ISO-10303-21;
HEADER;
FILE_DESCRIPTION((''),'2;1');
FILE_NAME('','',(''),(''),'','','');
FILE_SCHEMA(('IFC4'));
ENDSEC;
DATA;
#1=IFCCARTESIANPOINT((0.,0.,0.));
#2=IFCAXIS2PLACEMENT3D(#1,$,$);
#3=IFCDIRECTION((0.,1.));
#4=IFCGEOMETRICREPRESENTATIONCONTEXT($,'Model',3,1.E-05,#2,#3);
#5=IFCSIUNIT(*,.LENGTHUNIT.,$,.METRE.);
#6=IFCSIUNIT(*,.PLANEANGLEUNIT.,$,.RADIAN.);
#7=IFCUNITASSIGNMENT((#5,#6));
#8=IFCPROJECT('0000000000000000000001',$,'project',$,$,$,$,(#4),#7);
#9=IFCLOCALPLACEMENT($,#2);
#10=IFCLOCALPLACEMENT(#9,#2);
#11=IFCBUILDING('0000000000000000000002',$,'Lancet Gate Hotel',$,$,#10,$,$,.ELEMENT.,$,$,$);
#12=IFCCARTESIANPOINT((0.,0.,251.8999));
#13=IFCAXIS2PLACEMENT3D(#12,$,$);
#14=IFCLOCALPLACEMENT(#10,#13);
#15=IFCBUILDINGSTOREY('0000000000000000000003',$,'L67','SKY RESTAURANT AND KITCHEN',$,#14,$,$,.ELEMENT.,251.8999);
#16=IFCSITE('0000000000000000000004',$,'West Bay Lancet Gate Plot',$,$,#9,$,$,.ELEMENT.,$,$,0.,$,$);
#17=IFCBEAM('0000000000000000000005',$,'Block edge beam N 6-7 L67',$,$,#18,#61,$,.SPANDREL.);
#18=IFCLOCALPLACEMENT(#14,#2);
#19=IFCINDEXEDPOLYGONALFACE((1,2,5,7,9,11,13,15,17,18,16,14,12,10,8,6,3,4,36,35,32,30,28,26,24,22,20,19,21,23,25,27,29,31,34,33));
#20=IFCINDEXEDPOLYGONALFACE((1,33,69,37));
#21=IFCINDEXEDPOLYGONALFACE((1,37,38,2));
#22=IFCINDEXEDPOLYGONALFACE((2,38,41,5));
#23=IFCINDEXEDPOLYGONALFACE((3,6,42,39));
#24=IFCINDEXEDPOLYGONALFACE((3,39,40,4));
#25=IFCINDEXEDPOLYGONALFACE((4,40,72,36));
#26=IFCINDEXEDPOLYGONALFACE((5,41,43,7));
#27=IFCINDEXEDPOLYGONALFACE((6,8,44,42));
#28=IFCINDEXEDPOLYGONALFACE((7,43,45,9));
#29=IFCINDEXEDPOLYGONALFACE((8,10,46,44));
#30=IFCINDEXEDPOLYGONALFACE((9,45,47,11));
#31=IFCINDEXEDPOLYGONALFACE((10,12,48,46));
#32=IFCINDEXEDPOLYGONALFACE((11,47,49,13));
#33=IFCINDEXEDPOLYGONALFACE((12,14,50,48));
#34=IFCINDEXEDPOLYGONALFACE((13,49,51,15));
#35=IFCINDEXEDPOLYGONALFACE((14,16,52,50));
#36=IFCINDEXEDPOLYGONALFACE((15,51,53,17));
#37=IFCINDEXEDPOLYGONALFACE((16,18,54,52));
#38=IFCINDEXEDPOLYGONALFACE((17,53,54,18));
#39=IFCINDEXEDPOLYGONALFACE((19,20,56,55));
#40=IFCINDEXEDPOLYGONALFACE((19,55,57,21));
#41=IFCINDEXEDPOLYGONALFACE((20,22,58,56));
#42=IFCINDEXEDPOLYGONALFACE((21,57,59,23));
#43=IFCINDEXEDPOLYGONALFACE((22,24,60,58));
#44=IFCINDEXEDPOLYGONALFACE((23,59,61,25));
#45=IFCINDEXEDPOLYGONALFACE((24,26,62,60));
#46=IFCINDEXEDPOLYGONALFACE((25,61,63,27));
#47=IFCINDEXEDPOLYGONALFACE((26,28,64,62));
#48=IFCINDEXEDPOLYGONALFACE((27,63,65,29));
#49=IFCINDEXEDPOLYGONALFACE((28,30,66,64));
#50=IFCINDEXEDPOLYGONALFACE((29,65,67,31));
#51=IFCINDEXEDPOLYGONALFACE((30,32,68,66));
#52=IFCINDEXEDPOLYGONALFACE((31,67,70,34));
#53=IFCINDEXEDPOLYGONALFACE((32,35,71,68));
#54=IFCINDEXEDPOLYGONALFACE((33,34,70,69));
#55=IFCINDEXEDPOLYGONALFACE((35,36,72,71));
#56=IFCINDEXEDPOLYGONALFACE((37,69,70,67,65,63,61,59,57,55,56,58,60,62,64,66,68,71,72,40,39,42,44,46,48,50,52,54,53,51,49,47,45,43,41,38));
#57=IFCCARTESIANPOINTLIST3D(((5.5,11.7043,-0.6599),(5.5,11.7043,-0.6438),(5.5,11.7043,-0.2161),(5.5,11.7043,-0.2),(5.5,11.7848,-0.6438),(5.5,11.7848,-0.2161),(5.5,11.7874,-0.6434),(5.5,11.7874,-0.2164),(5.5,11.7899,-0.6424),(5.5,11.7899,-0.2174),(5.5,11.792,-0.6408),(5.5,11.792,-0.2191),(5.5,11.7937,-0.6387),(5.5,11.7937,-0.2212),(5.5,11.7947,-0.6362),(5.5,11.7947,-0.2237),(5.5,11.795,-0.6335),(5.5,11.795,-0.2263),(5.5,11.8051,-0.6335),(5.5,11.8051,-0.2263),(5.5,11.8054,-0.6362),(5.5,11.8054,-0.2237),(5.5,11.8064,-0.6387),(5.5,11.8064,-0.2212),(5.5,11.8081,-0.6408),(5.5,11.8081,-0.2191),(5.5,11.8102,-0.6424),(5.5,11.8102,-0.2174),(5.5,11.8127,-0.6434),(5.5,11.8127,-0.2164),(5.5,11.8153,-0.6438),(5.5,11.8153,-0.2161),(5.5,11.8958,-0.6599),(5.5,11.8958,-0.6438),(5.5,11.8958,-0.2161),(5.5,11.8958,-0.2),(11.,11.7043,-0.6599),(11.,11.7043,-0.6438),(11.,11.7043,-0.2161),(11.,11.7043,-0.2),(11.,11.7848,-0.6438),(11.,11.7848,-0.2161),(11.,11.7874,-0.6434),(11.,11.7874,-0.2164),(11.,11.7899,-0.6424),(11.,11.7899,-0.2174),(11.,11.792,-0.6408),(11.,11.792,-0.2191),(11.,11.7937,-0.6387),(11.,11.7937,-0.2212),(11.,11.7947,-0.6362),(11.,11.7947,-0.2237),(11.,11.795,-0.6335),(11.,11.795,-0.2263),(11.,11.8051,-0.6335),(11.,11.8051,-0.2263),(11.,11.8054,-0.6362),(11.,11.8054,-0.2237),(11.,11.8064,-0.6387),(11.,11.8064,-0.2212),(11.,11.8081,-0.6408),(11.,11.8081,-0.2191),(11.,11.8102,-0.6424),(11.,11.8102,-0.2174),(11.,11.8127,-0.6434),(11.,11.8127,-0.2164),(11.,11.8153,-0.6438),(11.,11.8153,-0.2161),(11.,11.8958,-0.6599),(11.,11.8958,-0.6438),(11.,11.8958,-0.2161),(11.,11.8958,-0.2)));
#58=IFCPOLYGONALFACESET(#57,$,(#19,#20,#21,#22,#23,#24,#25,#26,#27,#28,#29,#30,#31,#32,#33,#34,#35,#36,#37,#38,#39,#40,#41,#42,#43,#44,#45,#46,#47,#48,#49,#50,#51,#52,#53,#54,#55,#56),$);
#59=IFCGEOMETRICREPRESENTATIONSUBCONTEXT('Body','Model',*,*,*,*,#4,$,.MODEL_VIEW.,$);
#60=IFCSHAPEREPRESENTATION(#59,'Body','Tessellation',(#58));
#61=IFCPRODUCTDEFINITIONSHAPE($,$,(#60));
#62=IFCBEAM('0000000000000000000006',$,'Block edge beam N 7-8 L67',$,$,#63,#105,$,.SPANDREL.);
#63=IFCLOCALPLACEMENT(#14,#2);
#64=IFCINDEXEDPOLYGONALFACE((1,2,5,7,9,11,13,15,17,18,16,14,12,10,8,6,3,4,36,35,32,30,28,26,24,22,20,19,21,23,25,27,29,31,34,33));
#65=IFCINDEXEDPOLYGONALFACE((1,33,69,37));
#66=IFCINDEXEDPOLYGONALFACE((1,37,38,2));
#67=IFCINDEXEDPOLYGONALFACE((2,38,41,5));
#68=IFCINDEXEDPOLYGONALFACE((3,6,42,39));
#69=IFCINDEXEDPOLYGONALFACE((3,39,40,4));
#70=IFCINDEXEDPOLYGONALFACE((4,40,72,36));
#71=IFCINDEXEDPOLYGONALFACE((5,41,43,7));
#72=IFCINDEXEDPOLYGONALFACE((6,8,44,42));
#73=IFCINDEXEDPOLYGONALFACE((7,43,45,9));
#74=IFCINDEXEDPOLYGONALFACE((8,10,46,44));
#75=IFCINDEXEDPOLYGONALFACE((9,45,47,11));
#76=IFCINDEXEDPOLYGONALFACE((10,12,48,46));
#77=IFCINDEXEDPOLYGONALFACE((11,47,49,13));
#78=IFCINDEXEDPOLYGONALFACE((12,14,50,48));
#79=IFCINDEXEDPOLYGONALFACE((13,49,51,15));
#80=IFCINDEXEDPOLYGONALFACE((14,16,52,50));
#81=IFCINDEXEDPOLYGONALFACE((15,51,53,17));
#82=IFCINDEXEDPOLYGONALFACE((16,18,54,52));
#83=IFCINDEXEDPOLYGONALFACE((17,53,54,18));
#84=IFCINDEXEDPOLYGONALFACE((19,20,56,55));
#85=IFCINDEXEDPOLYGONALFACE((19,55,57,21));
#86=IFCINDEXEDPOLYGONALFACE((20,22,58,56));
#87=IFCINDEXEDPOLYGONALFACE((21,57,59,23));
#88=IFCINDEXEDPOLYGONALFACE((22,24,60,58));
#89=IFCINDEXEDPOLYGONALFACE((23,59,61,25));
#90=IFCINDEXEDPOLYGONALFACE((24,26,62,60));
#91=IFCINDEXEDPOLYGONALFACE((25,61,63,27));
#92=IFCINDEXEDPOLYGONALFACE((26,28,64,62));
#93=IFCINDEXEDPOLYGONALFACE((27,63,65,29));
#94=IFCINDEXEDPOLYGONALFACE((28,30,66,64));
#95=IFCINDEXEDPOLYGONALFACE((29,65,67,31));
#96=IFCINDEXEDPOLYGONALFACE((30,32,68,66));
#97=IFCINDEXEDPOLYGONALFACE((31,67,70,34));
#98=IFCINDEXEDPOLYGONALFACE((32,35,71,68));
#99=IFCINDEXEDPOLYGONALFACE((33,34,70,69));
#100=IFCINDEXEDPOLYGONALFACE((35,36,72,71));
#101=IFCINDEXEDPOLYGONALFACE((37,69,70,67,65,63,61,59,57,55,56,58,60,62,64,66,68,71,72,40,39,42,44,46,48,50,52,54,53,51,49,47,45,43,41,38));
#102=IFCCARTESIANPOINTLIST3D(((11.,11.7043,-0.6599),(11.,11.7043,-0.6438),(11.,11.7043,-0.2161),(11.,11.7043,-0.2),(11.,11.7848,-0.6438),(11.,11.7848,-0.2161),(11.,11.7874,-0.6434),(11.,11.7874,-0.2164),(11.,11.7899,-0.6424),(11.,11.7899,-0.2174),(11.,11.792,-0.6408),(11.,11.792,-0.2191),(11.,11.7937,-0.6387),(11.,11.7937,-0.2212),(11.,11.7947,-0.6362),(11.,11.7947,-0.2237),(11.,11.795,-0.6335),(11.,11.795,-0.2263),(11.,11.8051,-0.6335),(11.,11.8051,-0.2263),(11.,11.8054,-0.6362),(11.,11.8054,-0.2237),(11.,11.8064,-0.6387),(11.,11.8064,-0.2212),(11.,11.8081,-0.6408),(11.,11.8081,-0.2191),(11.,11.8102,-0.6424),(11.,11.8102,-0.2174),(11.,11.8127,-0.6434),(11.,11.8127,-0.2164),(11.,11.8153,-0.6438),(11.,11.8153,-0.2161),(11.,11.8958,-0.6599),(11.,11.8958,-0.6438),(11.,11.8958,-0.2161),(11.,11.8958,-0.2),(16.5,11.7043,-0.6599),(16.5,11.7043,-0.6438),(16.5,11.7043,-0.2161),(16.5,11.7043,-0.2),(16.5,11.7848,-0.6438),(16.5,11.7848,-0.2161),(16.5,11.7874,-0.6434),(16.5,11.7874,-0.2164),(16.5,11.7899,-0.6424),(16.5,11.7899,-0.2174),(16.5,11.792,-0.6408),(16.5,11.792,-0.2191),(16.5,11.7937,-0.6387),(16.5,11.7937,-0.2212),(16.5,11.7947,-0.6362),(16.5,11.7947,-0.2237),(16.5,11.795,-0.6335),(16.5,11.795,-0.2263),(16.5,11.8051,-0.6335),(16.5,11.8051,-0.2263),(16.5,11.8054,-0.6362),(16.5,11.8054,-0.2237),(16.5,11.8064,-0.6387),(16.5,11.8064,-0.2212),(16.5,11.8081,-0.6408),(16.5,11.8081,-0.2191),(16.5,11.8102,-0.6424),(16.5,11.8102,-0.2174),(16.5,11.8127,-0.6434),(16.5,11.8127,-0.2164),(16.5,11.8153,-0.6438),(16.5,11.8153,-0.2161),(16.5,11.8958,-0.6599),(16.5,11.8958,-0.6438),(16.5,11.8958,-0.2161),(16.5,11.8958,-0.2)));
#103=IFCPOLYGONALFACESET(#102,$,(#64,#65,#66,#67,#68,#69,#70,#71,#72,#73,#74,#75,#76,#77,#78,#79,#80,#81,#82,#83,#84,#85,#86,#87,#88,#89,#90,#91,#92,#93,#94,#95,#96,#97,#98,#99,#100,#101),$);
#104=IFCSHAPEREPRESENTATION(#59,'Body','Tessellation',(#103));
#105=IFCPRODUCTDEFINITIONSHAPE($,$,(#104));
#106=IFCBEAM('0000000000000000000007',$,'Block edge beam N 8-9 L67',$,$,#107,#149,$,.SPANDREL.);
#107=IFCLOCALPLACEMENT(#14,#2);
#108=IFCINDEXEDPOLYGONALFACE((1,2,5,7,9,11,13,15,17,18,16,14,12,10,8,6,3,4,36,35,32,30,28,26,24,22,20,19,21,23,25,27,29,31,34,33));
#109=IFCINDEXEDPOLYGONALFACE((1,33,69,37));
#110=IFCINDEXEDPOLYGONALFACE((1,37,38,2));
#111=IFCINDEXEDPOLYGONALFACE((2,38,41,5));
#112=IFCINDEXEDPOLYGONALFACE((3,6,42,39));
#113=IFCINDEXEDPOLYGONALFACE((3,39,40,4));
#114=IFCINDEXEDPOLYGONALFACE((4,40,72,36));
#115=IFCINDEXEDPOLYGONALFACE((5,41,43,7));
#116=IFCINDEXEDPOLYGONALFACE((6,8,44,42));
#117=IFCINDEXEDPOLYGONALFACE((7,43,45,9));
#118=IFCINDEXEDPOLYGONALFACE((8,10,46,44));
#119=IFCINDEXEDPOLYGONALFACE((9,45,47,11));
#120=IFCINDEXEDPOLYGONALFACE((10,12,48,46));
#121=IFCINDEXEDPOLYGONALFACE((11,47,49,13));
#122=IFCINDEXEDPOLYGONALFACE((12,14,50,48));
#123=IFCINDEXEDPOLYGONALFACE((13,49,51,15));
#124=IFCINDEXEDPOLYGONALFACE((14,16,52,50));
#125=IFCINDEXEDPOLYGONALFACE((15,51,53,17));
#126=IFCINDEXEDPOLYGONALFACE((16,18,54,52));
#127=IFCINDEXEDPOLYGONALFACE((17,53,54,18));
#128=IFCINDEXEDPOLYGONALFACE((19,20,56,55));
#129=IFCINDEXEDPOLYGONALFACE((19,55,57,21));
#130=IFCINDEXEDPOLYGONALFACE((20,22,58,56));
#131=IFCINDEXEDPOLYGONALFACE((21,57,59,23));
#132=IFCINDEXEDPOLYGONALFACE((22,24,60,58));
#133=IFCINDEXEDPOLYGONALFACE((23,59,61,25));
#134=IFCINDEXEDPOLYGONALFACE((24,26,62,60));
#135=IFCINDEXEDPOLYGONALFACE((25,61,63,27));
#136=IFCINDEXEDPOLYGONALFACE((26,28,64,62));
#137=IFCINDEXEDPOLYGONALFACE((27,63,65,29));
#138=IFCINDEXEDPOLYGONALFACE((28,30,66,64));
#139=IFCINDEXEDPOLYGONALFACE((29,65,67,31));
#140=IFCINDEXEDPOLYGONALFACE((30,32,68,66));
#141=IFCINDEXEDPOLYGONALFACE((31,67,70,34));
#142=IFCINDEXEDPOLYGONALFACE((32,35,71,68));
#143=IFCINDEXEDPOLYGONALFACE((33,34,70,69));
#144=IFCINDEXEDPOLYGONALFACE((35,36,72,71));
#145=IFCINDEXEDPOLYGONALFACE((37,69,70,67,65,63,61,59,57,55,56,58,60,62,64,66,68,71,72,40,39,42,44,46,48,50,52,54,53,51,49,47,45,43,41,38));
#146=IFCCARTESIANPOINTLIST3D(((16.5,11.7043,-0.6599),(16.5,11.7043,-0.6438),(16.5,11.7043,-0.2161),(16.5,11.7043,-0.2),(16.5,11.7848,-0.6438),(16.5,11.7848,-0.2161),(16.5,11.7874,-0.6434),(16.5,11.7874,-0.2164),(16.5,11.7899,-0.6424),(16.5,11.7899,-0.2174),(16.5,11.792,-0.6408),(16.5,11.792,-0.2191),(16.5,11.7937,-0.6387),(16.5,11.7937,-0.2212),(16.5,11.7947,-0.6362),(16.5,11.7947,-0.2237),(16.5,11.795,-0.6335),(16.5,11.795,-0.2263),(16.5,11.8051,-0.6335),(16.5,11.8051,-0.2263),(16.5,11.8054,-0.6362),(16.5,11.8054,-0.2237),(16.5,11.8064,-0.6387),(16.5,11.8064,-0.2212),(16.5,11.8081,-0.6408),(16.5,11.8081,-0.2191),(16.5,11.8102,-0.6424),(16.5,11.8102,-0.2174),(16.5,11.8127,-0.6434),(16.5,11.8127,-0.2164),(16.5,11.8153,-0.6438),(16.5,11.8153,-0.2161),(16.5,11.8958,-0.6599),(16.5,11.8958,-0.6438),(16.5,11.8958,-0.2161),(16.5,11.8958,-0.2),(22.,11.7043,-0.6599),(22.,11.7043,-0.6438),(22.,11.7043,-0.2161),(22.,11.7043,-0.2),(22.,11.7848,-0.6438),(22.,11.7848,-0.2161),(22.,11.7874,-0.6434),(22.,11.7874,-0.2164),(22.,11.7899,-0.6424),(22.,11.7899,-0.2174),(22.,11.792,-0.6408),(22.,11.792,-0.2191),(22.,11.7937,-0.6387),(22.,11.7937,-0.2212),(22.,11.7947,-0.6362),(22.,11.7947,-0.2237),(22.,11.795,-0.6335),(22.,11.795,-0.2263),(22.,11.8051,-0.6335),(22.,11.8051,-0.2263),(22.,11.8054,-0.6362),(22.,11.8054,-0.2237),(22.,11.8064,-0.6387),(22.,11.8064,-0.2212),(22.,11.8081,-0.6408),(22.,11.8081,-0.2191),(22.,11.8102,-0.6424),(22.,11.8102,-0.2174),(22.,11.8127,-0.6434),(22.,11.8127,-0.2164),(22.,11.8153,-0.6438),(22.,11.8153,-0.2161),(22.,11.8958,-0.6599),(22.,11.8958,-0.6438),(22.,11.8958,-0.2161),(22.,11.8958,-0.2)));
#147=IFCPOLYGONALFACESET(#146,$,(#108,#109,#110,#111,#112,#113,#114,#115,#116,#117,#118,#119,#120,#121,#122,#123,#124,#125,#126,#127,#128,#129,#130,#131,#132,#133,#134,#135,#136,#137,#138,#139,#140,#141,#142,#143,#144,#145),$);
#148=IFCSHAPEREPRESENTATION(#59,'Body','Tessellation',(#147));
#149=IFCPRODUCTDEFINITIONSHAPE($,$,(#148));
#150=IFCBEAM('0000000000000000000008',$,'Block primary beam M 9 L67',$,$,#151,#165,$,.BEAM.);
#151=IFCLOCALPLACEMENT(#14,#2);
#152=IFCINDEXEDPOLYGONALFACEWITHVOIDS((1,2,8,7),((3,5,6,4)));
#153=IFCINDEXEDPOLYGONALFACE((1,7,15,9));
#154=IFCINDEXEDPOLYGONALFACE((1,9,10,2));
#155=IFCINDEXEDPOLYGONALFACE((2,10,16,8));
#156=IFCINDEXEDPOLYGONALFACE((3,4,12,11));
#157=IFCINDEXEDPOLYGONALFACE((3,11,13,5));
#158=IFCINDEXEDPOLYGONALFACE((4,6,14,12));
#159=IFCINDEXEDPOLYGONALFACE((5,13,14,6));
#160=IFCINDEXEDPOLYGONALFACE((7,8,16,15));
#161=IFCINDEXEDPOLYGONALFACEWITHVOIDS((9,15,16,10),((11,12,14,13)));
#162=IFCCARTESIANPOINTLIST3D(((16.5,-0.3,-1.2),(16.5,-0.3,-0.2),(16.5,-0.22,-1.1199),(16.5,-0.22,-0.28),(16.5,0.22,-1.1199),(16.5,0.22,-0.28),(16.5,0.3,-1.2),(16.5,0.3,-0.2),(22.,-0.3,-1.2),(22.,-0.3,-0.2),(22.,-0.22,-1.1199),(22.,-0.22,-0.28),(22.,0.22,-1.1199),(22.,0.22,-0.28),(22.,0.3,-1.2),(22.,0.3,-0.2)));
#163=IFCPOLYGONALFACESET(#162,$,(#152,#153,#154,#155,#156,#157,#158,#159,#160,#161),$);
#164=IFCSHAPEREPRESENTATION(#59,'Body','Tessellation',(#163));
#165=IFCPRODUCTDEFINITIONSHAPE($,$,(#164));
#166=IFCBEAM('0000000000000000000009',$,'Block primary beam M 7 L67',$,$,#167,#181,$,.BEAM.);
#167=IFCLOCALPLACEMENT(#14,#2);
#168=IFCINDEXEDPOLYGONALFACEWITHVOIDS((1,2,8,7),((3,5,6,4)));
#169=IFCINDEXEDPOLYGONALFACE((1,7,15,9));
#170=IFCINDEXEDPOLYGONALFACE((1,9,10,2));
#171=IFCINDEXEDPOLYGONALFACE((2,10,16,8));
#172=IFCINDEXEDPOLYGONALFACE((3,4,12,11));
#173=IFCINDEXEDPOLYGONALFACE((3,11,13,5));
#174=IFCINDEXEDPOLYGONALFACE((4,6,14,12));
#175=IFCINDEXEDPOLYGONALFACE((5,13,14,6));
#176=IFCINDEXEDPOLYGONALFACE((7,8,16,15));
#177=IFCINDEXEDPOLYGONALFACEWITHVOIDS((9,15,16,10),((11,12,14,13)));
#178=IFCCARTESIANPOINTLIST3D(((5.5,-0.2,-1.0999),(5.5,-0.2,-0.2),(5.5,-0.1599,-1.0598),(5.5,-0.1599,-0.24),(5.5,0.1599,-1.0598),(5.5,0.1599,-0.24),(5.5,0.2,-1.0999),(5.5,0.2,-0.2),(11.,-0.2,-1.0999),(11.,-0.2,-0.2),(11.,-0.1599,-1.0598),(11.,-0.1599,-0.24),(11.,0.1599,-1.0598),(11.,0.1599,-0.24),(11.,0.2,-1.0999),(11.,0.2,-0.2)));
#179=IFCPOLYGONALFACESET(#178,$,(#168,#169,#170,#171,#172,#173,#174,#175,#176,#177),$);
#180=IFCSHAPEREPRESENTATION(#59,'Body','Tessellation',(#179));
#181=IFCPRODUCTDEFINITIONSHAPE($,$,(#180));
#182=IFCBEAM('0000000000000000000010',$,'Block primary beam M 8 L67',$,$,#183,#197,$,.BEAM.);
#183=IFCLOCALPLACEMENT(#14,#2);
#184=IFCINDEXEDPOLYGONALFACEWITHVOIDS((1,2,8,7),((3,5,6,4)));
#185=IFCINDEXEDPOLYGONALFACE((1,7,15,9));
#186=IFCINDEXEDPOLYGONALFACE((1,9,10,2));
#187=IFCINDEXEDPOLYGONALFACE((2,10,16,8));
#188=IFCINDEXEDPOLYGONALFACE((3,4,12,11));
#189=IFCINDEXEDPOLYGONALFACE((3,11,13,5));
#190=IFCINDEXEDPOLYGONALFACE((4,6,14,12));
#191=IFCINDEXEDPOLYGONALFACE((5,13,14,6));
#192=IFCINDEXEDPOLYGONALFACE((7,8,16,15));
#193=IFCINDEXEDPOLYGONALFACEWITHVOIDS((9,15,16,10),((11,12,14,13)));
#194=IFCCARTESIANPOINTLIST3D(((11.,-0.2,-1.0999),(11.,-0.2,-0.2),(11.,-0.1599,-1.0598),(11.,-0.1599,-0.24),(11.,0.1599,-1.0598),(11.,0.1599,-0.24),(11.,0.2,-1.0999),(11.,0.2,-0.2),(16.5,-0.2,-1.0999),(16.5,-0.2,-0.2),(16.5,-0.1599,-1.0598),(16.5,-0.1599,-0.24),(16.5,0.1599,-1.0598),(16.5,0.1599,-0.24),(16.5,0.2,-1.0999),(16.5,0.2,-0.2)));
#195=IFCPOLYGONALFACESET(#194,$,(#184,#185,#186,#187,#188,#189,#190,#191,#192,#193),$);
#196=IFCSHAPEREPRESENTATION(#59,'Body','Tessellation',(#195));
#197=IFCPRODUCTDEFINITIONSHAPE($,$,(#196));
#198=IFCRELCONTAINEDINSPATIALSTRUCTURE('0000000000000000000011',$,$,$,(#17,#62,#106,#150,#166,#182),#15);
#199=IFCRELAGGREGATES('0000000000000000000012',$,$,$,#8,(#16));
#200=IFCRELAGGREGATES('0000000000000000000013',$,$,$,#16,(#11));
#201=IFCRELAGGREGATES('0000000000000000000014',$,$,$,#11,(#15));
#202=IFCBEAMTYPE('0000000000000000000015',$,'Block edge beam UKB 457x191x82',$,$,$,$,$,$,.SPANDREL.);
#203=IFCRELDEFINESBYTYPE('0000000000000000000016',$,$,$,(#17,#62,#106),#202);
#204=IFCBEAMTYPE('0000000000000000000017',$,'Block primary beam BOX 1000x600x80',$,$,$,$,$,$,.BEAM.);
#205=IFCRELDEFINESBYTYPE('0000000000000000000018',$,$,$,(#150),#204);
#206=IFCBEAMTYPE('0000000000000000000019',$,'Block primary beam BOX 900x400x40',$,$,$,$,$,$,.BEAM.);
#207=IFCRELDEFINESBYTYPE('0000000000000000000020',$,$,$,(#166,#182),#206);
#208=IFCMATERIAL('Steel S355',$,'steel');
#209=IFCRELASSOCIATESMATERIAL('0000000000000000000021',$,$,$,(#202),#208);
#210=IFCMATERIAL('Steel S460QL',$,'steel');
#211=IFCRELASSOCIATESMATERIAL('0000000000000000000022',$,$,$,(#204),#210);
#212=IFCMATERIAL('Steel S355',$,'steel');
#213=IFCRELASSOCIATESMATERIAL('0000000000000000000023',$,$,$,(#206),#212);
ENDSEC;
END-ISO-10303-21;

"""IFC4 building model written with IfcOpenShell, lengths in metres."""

from ifc_helpers import new_model, si_unit, direction, frame, origin, origin_2d, place, context, subcontext, project, spatial, hollow_rectangle, i_section, extrude, material, material_profile, profile_set, type_object, element, save


model = new_model("IFC4")

# Units and contexts
model_context = context("Model", 3, precision=1e-05, world=origin(), true_north=direction((0.0, 1.0)))
body_context = subcontext(model_context, "Body", "Model", "MODEL_VIEW")
ifc_project = project(units=[si_unit("LENGTHUNIT", "METRE"), si_unit("PLANEANGLEUNIT", "RADIAN")], contexts=[model_context])

# Site, building, storey
site_placement = place(None, origin())
site = spatial("IfcSite", under=ifc_project, at=site_placement, Name="West Bay Lancet Gate Plot", CompositionType="ELEMENT", RefElevation=0.0)
building_placement = place(site_placement, origin())
building = spatial("IfcBuilding", under=site, at=building_placement, Name="Lancet Gate Hotel", CompositionType="ELEMENT")
storey_placement = place(building_placement, frame((0.0, 0.0, 251.8999)))
storey = spatial("IfcBuildingStorey", under=building, at=storey_placement, Name="L67", Description="SKY RESTAURANT AND KITCHEN", CompositionType="ELEMENT", Elevation=251.8999)

# Beams
ifc_material_1 = material(Name="Steel S355", Category="steel")
ifc_material_profile_1 = material_profile(ifc_material_1, i_section(OverallWidth=0.1914, OverallDepth=0.46, WebThickness=0.01, FlangeThickness=0.0161, FilletRadius=0.0103, at=origin_2d()), Name="UKB 457x191x82")
ifc_profile_set_1 = profile_set([ifc_material_profile_1], Name="Steel S355")
beam_type_1 = type_object("IfcBeamType", Name="Block edge beam UKB 457x191x82", PredefinedType="SPANDREL", material=ifc_profile_set_1)
for number, where, z_axis, x_axis, name in (
    (1, (5.5, 11.8, -0.4299), (1.0, 0.0, 0.0), (0.0, 1.0, 0.0), "Block edge beam N 6-7 L67"),
    (2, (11.0, 11.8, -0.4299), (1.0, 0.0, 0.0), (0.0, 1.0, 0.0), "Block edge beam N 7-8 L67"),
    (3, (16.5, 11.8, -0.4299), (1.0, 0.0, 0.0), (0.0, 1.0, 0.0), "Block edge beam N 8-9 L67"),
):
    element("IfcBeam", number, at=place(storey_placement, frame(where, z_axis=z_axis, x_axis=x_axis)), inside=storey, type_object=beam_type_1, Name=name, PredefinedType="SPANDREL", context=body_context, shape_type="SweptSolid", body=[
        extrude(i_section(OverallWidth=0.1914, OverallDepth=0.46, WebThickness=0.01, FlangeThickness=0.0161, FilletRadius=0.0103, at=origin_2d()), origin(), (0.0, 0.0, 1.0), 5.5),
    ])
ifc_material_2 = material(Name="Steel S460QL", Category="steel")
ifc_material_profile_2 = material_profile(ifc_material_2, hollow_rectangle(XDim=0.6001, YDim=1.0, WallThickness=0.0801, at=origin_2d()), Name="BOX 1000x600x80")
ifc_profile_set_2 = profile_set([ifc_material_profile_2], Name="Steel S460QL")
beam_type_2 = type_object("IfcBeamType", Name="Block primary beam BOX 1000x600x80", PredefinedType="BEAM", material=ifc_profile_set_2)
beam_placement = place(storey_placement, frame((16.5, 0.0, -0.7), z_axis=(1.0, 0.0, 0.0), x_axis=(0.0, 1.0, 0.0)))
element("IfcBeam", 4, at=beam_placement, inside=storey, type_object=beam_type_2, Name="Block primary beam M 9 L67", PredefinedType="BEAM", context=body_context, shape_type="SweptSolid", body=[
    extrude(hollow_rectangle(XDim=0.6001, YDim=1.0, WallThickness=0.0801, at=origin_2d()), origin(), (0.0, 0.0, 1.0), 5.5),
])
ifc_material_3 = material(Name="Steel S355", Category="steel")
ifc_material_profile_3 = material_profile(ifc_material_3, hollow_rectangle(XDim=0.3999, YDim=0.8999, WallThickness=0.04, at=origin_2d()), Name="BOX 900x400x40")
ifc_profile_set_3 = profile_set([ifc_material_profile_3], Name="Steel S355")
beam_type_3 = type_object("IfcBeamType", Name="Block primary beam BOX 900x400x40", PredefinedType="BEAM", material=ifc_profile_set_3)
for number, where, z_axis, x_axis, name in (
    (5, (5.5, 0.0, -0.6499), (1.0, 0.0, 0.0), (0.0, 1.0, 0.0), "Block primary beam M 7 L67"),
    (6, (11.0, 0.0, -0.6499), (1.0, 0.0, 0.0), (0.0, 1.0, 0.0), "Block primary beam M 8 L67"),
):
    element("IfcBeam", number, at=place(storey_placement, frame(where, z_axis=z_axis, x_axis=x_axis)), inside=storey, type_object=beam_type_3, Name=name, PredefinedType="BEAM", context=body_context, shape_type="SweptSolid", body=[
        extrude(hollow_rectangle(XDim=0.3999, YDim=0.8999, WallThickness=0.04, at=origin_2d()), origin(), (0.0, 0.0, 1.0), 5.5),
    ])

save(model, "model.ifc")
